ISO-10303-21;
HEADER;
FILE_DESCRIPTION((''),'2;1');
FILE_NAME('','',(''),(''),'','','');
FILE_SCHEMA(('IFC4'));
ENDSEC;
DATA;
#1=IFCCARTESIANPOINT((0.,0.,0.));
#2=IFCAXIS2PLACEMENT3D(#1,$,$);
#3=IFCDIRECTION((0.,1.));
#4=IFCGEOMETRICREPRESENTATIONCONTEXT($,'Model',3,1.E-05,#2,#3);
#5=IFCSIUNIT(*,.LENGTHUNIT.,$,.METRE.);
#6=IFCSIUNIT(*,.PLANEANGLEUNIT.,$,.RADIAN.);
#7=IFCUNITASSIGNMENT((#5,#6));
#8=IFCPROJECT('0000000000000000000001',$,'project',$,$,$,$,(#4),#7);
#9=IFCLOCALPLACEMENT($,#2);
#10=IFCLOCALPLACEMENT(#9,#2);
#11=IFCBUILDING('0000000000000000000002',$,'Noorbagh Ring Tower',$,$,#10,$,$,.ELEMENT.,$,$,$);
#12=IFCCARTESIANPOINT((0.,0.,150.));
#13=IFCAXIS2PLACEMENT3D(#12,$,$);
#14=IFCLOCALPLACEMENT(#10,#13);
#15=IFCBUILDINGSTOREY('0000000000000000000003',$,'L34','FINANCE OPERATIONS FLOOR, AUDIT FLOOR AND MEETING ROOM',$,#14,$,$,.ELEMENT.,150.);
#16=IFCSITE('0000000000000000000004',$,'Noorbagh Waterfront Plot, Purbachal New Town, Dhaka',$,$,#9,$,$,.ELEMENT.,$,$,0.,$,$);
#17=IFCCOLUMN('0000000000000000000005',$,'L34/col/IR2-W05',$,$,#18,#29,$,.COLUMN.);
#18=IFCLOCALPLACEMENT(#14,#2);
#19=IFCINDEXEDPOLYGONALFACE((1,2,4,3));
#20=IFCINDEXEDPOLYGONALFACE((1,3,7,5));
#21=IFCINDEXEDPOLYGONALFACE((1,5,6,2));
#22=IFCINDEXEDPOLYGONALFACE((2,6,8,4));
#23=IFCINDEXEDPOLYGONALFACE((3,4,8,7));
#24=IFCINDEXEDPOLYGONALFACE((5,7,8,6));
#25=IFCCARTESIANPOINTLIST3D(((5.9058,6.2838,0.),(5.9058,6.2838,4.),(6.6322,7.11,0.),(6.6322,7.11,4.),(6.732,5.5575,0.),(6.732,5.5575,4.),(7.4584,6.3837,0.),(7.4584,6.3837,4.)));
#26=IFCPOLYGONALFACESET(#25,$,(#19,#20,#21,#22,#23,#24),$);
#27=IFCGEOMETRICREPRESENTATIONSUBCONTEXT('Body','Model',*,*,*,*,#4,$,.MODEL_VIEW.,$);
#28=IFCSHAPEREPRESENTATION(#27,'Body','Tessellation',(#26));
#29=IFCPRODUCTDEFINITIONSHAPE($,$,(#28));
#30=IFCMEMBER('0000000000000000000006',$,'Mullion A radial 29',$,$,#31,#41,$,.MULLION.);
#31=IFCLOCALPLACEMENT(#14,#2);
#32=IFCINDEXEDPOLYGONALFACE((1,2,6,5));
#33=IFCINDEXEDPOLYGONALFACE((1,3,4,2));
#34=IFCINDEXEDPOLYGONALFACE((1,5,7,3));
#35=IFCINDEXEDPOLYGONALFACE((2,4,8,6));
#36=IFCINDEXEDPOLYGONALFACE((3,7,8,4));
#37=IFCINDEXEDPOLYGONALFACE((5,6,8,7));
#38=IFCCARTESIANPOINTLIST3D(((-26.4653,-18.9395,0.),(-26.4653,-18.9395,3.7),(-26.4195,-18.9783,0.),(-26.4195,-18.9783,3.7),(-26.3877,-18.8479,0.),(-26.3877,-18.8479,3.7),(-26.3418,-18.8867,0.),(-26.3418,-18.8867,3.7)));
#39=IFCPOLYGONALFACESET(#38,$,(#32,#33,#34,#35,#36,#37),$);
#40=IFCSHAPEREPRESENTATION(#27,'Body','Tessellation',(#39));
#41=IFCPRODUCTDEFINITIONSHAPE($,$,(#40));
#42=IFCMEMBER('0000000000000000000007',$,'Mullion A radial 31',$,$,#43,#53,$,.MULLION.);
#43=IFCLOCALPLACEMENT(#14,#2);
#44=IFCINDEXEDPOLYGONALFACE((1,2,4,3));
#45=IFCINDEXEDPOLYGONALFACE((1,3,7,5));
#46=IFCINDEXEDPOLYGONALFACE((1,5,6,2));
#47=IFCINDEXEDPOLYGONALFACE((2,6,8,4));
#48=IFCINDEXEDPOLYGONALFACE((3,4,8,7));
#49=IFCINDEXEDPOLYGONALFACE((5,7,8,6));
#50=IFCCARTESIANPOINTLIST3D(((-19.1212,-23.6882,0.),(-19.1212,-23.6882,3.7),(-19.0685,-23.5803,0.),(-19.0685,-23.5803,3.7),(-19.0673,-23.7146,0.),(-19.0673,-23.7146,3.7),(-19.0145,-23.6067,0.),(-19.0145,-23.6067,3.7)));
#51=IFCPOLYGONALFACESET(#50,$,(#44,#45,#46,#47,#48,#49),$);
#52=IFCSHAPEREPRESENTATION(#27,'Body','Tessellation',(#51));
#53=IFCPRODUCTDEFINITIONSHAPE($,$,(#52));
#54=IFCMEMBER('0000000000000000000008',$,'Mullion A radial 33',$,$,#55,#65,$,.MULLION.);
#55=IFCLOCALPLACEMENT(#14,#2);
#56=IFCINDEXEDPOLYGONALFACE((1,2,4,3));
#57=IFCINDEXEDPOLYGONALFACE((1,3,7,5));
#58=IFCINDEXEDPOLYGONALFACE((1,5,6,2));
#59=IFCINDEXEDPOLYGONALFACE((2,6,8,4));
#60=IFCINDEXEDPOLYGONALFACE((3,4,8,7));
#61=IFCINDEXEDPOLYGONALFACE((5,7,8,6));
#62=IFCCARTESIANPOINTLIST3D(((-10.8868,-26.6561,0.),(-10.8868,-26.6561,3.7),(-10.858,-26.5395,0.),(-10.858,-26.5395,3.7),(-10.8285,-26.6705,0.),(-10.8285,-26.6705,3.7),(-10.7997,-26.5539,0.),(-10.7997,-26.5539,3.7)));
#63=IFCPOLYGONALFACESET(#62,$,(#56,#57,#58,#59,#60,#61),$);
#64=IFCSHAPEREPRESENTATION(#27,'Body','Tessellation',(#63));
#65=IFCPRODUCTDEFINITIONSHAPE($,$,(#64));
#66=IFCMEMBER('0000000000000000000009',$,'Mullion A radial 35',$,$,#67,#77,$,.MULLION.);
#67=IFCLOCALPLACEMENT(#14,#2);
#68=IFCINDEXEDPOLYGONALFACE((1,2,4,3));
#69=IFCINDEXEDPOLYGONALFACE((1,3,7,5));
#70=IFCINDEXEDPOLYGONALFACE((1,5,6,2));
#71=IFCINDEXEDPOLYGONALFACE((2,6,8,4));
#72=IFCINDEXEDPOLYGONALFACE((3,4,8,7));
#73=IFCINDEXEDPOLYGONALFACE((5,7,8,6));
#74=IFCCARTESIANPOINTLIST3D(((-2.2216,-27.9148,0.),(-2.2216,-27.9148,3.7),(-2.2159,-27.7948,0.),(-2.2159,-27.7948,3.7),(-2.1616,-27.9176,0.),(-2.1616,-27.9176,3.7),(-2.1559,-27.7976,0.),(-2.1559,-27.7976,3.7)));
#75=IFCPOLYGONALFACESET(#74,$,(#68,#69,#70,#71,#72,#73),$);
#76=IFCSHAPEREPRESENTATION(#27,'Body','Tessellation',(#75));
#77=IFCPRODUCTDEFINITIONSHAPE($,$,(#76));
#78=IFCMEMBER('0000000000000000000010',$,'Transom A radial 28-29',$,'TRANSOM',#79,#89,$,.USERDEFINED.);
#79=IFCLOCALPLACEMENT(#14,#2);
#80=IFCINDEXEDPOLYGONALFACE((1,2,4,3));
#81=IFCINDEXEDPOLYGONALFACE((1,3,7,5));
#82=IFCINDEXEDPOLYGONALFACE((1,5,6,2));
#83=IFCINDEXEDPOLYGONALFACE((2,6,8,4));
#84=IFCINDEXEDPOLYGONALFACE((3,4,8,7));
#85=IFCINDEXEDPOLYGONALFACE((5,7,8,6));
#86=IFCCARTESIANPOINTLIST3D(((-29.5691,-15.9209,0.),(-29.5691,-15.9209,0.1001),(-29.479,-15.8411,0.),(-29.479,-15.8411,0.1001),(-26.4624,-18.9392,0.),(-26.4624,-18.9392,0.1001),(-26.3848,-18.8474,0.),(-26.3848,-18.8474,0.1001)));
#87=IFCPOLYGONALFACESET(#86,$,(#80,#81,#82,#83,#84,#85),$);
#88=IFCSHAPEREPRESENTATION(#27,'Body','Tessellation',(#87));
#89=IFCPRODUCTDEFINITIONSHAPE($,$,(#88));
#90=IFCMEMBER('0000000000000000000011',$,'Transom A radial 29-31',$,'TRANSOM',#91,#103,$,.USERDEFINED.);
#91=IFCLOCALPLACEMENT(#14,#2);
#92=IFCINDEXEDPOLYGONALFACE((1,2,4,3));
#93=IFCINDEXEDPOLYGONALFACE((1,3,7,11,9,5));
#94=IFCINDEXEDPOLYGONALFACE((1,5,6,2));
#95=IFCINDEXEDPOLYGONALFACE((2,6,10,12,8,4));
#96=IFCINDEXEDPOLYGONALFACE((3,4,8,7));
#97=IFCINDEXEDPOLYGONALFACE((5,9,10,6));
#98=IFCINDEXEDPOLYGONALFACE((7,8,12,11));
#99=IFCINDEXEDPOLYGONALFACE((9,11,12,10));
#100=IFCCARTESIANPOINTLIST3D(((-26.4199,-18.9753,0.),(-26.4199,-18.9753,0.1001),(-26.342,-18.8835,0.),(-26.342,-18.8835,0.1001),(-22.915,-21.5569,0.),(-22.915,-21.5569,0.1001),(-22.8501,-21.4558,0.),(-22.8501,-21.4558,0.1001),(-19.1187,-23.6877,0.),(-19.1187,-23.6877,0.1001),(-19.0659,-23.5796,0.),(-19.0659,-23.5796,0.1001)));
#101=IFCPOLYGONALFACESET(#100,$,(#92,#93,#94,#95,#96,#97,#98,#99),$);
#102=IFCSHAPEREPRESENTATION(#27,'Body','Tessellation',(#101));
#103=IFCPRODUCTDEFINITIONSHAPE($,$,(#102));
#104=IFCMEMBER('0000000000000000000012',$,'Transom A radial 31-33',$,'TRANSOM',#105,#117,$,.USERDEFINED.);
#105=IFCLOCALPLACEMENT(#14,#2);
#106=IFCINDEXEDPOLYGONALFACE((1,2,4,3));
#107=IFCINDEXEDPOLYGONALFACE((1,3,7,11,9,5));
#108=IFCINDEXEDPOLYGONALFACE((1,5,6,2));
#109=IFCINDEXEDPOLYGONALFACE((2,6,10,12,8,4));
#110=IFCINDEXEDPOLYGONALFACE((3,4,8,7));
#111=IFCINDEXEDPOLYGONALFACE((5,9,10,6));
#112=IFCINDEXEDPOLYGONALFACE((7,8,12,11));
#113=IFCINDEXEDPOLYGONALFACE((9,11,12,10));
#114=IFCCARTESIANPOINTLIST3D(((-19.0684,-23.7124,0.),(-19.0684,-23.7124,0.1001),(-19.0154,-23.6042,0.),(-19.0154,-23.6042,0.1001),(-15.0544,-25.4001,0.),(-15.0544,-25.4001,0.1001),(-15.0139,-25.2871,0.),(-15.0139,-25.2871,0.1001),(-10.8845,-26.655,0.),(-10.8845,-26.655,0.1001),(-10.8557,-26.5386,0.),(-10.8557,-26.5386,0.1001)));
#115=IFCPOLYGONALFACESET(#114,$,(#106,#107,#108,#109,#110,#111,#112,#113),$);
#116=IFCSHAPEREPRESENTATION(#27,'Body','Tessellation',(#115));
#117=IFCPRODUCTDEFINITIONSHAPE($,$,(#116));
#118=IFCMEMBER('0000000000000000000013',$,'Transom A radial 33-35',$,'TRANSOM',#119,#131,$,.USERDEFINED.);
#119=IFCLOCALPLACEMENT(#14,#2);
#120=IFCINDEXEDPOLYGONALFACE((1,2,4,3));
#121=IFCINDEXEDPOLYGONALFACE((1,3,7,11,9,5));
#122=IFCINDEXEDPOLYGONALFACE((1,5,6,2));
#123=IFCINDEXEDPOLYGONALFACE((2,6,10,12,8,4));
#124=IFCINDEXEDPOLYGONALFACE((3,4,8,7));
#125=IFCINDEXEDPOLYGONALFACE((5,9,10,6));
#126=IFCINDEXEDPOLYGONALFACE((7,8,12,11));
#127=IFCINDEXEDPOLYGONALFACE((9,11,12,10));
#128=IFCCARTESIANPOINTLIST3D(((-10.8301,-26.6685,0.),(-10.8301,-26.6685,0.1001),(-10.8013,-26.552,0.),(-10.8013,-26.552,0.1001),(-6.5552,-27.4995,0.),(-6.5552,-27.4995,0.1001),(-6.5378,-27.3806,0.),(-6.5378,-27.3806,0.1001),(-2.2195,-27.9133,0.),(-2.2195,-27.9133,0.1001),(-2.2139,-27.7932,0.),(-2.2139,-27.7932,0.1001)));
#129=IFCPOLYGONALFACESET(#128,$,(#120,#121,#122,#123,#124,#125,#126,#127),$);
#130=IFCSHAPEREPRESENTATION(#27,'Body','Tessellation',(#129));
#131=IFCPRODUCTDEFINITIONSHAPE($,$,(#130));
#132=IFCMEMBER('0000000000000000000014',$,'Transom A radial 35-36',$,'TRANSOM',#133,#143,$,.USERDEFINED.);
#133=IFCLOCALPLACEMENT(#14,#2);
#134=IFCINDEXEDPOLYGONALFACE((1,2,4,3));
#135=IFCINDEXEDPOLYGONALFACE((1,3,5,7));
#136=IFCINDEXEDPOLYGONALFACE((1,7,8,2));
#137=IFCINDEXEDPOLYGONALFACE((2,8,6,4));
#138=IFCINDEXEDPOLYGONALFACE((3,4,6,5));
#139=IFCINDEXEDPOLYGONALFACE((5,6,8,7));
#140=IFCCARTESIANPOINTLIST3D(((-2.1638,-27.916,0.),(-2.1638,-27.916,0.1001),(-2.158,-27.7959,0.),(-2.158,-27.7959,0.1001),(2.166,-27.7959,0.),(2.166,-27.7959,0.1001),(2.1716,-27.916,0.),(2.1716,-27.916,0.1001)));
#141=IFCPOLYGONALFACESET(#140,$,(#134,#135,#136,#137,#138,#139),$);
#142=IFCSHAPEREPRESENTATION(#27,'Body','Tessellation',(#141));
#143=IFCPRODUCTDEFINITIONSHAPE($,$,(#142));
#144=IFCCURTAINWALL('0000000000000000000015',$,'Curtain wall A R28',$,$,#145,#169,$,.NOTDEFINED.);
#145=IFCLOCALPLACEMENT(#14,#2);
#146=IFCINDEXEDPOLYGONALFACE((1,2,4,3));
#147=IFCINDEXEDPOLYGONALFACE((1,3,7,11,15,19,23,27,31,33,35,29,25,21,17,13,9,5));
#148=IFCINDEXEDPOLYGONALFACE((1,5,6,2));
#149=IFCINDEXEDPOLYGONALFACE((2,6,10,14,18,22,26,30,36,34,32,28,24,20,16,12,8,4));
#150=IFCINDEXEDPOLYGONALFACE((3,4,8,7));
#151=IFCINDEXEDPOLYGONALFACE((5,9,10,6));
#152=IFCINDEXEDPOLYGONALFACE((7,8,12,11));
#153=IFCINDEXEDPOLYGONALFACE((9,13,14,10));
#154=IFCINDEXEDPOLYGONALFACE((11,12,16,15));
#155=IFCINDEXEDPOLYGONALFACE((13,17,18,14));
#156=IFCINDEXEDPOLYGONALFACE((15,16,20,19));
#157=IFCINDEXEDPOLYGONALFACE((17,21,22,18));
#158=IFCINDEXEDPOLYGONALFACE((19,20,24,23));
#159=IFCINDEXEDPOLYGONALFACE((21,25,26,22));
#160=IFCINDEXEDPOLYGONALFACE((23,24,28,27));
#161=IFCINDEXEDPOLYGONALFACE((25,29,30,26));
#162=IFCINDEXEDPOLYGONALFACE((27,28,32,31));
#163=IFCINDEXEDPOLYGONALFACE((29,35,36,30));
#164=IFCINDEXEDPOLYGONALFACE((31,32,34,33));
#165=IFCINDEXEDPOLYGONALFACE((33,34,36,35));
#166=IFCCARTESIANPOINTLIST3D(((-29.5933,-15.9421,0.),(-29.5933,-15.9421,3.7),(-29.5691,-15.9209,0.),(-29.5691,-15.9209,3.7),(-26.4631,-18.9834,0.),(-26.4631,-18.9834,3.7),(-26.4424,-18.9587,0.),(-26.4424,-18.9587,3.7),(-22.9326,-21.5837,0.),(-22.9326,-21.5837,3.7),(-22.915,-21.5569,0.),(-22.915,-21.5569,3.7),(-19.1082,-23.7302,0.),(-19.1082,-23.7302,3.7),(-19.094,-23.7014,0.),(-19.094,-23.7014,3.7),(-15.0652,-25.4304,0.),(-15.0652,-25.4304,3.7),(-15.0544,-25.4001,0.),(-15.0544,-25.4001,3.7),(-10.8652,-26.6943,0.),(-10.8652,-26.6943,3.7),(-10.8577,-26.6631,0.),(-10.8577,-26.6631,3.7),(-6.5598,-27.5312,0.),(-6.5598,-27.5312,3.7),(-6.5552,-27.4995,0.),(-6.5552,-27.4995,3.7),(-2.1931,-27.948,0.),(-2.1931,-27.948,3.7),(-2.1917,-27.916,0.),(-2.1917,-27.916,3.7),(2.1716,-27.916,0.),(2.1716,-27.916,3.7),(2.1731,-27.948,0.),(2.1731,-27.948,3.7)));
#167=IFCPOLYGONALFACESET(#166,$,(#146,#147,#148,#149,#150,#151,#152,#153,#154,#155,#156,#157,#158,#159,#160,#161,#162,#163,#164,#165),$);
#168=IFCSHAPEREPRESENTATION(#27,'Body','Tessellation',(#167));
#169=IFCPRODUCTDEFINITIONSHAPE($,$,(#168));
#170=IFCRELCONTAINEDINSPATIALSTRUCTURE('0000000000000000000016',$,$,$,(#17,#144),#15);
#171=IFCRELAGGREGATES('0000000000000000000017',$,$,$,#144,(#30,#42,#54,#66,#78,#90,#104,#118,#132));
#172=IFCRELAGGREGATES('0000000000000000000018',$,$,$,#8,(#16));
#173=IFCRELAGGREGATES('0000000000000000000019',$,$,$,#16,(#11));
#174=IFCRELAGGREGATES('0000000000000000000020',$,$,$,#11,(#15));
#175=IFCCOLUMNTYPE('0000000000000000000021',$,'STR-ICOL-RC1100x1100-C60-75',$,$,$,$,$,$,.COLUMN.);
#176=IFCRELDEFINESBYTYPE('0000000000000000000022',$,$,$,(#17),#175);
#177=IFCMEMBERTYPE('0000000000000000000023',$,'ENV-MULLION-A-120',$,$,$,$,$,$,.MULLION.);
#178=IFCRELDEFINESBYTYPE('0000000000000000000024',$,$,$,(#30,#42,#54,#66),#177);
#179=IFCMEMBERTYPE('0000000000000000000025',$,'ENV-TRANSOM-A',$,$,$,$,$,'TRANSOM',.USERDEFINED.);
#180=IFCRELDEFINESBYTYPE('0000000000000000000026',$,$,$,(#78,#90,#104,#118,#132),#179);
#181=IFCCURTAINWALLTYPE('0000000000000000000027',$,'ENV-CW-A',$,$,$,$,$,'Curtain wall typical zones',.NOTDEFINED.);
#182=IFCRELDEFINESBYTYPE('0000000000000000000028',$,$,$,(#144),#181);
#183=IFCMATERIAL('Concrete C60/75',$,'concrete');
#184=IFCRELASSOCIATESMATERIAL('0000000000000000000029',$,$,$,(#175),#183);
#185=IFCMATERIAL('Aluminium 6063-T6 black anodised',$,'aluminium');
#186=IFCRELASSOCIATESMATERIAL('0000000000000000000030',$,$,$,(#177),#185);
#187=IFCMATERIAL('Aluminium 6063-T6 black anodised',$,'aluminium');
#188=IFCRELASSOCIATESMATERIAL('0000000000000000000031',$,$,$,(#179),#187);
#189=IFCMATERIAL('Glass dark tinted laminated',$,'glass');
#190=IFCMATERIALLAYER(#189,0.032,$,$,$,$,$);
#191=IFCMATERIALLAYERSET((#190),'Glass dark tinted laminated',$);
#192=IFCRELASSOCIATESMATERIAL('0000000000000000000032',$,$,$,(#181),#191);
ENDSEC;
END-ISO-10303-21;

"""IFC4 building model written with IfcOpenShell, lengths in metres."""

from ifc_helpers import new_model, si_unit, direction, frame, origin, origin_2d, place, context, subcontext, project, spatial, polyline, rectangle, outline, extrude, material, layer, layer_set, material_profile, profile_set, type_object, element, aggregate, save


model = new_model("IFC4")

# Units and contexts
model_context = context("Model", 3, precision=1e-05, world=origin(), true_north=direction((0.0, 1.0)))
body_context = subcontext(model_context, "Body", "Model", "MODEL_VIEW")
ifc_project = project(units=[si_unit("LENGTHUNIT", "METRE"), si_unit("PLANEANGLEUNIT", "RADIAN")], contexts=[model_context])

# Site, building, storey
site_placement = place(None, origin())
site = spatial("IfcSite", under=ifc_project, at=site_placement, Name="Noorbagh Waterfront Plot, Purbachal New Town, Dhaka", CompositionType="ELEMENT", RefElevation=0.0)
building_placement = place(site_placement, origin())
building = spatial("IfcBuilding", under=site, at=building_placement, Name="Noorbagh Ring Tower", CompositionType="ELEMENT")
storey_placement = place(building_placement, frame((0.0, 0.0, 150.0)))
storey = spatial("IfcBuildingStorey", under=building, at=storey_placement, Name="L34", Description="FINANCE OPERATIONS FLOOR, AUDIT FLOOR AND MEETING ROOM", CompositionType="ELEMENT", Elevation=150.0)

# Column
ifc_material_1 = material(Name="Concrete C60/75", Category="concrete")
ifc_material_profile_1 = material_profile(ifc_material_1, rectangle(XDim=1.1001, YDim=1.1001, at=origin_2d()), Name="RC1100x1100")
ifc_profile_set_1 = profile_set([ifc_material_profile_1], Name="Concrete C60/75")
column_type = type_object("IfcColumnType", Name="STR-ICOL-RC1100x1100-C60-75", PredefinedType="COLUMN", material=ifc_profile_set_1)
column_placement = place(storey_placement, frame((6.6821, 6.3337, 0.0), z_axis=(0.0, 0.0, 1.0), x_axis=(-0.751022, 0.660277, 0.0)))
element("IfcColumn", 1, at=column_placement, inside=storey, type_object=column_type, Name="L34/col/IR2-W05", PredefinedType="COLUMN", context=body_context, shape_type="SweptSolid", body=[
    extrude(rectangle(XDim=1.1001, YDim=1.1001, at=origin_2d()), origin(), (0.0, 0.0, 1.0), 4.0),
])

# Members
ifc_material_2 = material(Name="Aluminium 6063-T6 black anodised", Category="aluminium")
ifc_material_profile_2 = material_profile(ifc_material_2, rectangle(XDim=0.1201, YDim=0.0601, at=origin_2d()), Name="120x60")
ifc_profile_set_2 = profile_set([ifc_material_profile_2], Name="Aluminium 6063-T6 black anodised")
member_type_1 = type_object("IfcMemberType", Name="ENV-MULLION-A-120", PredefinedType="MULLION", material=ifc_profile_set_2)
member_1_placement = place(storey_placement, frame((-26.4036, -18.9131, 0.0), z_axis=(0.0, 0.0, 1.0), x_axis=(0.646451, 0.762955, 0.0)))
member_1 = element("IfcMember", 2, at=member_1_placement, type_object=member_type_1, Name="Mullion A radial 29", PredefinedType="MULLION", context=body_context, shape_type="SweptSolid", body=[
    extrude(rectangle(XDim=0.1201, YDim=0.0601, at=origin_2d()), origin(), (0.0, 0.0, 1.0), 3.7),
])
member_2_placement = place(storey_placement, frame((-19.0679, -23.6475, 0.0), z_axis=(0.0, 0.0, 1.0), x_axis=(0.439238, 0.898371, 0.0)))
member_2 = element("IfcMember", 3, at=member_2_placement, type_object=member_type_1, Name="Mullion A radial 31", PredefinedType="MULLION", context=body_context, shape_type="SweptSolid", body=[
    extrude(rectangle(XDim=0.1201, YDim=0.0601, at=origin_2d()), origin(), (0.0, 0.0, 1.0), 3.7),
])
member_3_placement = place(storey_placement, frame((-10.8433, -26.605, 0.0), z_axis=(0.0, 0.0, 1.0), x_axis=(0.239799, 0.970823, 0.0)))
member_3 = element("IfcMember", 4, at=member_3_placement, type_object=member_type_1, Name="Mullion A radial 33", PredefinedType="MULLION", context=body_context, shape_type="SweptSolid", body=[
    extrude(rectangle(XDim=0.1201, YDim=0.0601, at=origin_2d()), origin(), (0.0, 0.0, 1.0), 3.7),
])
member_4_placement = place(storey_placement, frame((-2.1887, -27.8562, 0.0), z_axis=(0.0, 0.0, 1.0), x_axis=(0.047558, 0.998868, 0.0)))
member_4 = element("IfcMember", 5, at=member_4_placement, type_object=member_type_1, Name="Mullion A radial 35", PredefinedType="MULLION", context=body_context, shape_type="SweptSolid", body=[
    extrude(rectangle(XDim=0.1201, YDim=0.0601, at=origin_2d()), origin(), (0.0, 0.0, 1.0), 3.7),
])
ifc_material_3 = material(Name="Aluminium 6063-T6 black anodised", Category="aluminium")
member_type_2 = type_object("IfcMemberType", Name="ENV-TRANSOM-A", ElementType="TRANSOM", PredefinedType="USERDEFINED", material=ifc_material_3)
member_5_placement = place(storey_placement, origin())
member_5 = element("IfcMember", 6, at=member_5_placement, type_object=member_type_2, Name="Transom A radial 28-29", ObjectType="TRANSOM", PredefinedType="USERDEFINED", context=body_context, shape_type="SweptSolid", body=[
    extrude(outline(polyline([(-29.5691, -15.9209), (-26.4624, -18.9392), (-26.3848, -18.8474), (-29.479, -15.8411), (-29.5691, -15.9209)])), origin(), (0.0, 0.0, 1.0), 0.1001),
])
member_6_placement = place(storey_placement, origin())
member_6 = element("IfcMember", 7, at=member_6_placement, type_object=member_type_2, Name="Transom A radial 29-31", ObjectType="TRANSOM", PredefinedType="USERDEFINED", context=body_context, shape_type="SweptSolid", body=[
    extrude(outline(polyline([(-26.4199, -18.9753), (-22.915, -21.5569), (-19.1187, -23.6877), (-19.0659, -23.5796), (-22.8501, -21.4558), (-26.342, -18.8835), (-26.4199, -18.9753)])), origin(), (0.0, 0.0, 1.0), 0.1001),
])
member_7_placement = place(storey_placement, origin())
member_7 = element("IfcMember", 8, at=member_7_placement, type_object=member_type_2, Name="Transom A radial 31-33", ObjectType="TRANSOM", PredefinedType="USERDEFINED", context=body_context, shape_type="SweptSolid", body=[
    extrude(outline(polyline([(-19.0684, -23.7124), (-15.0544, -25.4001), (-10.8845, -26.655), (-10.8557, -26.5386), (-15.0139, -25.2871), (-19.0154, -23.6042), (-19.0684, -23.7124)])), origin(), (0.0, 0.0, 1.0), 0.1001),
])
member_8_placement = place(storey_placement, origin())
member_8 = element("IfcMember", 9, at=member_8_placement, type_object=member_type_2, Name="Transom A radial 33-35", ObjectType="TRANSOM", PredefinedType="USERDEFINED", context=body_context, shape_type="SweptSolid", body=[
    extrude(outline(polyline([(-10.8301, -26.6685), (-6.5552, -27.4995), (-2.2195, -27.9133), (-2.2139, -27.7932), (-6.5378, -27.3806), (-10.8013, -26.552), (-10.8301, -26.6685)])), origin(), (0.0, 0.0, 1.0), 0.1001),
])
member_9_placement = place(storey_placement, origin())
member_9 = element("IfcMember", 10, at=member_9_placement, type_object=member_type_2, Name="Transom A radial 35-36", ObjectType="TRANSOM", PredefinedType="USERDEFINED", context=body_context, shape_type="SweptSolid", body=[
    extrude(outline(polyline([(-2.1638, -27.916), (2.1716, -27.916), (2.166, -27.7959), (-2.158, -27.7959), (-2.1638, -27.916)])), origin(), (0.0, 0.0, 1.0), 0.1001),
])

# Curtain wall
ifc_material_4 = material(Name="Glass dark tinted laminated", Category="glass")
ifc_layer_1 = layer(ifc_material_4, 0.032)
ifc_layer_set_1 = layer_set([ifc_layer_1], Name="Glass dark tinted laminated")
curtain_wall_type_1 = type_object("IfcCurtainWallType", Name="ENV-CW-A", ElementType="Curtain wall typical zones", PredefinedType="NOTDEFINED", material=ifc_layer_set_1)
curtain_wall_1_placement = place(storey_placement, origin())
curtain_wall_1 = element("IfcCurtainWall", 11, at=curtain_wall_1_placement, inside=storey, type_object=curtain_wall_type_1, Name="Curtain wall A R28", PredefinedType="NOTDEFINED", context=body_context, shape_type="SweptSolid", body=[
    extrude(outline(polyline([(-29.5933, -15.9421), (-26.4631, -18.9834), (-22.9326, -21.5837), (-19.1082, -23.7302), (-15.0652, -25.4304), (-10.8652, -26.6943), (-6.5598, -27.5312), (-2.1931, -27.948), (2.1731, -27.948), (2.1716, -27.916), (-2.1917, -27.916), (-6.5552, -27.4995), (-10.8577, -26.6631), (-15.0544, -25.4001), (-19.094, -23.7014), (-22.915, -21.5569), (-26.4424, -18.9587), (-29.5691, -15.9209), (-29.5933, -15.9421)])), origin(), (0.0, 0.0, 1.0), 3.7),
])
aggregate(curtain_wall_1, [member_1, member_2, member_3, member_4, member_5, member_6, member_7, member_8, member_9])

save(model, "model.ifc")
